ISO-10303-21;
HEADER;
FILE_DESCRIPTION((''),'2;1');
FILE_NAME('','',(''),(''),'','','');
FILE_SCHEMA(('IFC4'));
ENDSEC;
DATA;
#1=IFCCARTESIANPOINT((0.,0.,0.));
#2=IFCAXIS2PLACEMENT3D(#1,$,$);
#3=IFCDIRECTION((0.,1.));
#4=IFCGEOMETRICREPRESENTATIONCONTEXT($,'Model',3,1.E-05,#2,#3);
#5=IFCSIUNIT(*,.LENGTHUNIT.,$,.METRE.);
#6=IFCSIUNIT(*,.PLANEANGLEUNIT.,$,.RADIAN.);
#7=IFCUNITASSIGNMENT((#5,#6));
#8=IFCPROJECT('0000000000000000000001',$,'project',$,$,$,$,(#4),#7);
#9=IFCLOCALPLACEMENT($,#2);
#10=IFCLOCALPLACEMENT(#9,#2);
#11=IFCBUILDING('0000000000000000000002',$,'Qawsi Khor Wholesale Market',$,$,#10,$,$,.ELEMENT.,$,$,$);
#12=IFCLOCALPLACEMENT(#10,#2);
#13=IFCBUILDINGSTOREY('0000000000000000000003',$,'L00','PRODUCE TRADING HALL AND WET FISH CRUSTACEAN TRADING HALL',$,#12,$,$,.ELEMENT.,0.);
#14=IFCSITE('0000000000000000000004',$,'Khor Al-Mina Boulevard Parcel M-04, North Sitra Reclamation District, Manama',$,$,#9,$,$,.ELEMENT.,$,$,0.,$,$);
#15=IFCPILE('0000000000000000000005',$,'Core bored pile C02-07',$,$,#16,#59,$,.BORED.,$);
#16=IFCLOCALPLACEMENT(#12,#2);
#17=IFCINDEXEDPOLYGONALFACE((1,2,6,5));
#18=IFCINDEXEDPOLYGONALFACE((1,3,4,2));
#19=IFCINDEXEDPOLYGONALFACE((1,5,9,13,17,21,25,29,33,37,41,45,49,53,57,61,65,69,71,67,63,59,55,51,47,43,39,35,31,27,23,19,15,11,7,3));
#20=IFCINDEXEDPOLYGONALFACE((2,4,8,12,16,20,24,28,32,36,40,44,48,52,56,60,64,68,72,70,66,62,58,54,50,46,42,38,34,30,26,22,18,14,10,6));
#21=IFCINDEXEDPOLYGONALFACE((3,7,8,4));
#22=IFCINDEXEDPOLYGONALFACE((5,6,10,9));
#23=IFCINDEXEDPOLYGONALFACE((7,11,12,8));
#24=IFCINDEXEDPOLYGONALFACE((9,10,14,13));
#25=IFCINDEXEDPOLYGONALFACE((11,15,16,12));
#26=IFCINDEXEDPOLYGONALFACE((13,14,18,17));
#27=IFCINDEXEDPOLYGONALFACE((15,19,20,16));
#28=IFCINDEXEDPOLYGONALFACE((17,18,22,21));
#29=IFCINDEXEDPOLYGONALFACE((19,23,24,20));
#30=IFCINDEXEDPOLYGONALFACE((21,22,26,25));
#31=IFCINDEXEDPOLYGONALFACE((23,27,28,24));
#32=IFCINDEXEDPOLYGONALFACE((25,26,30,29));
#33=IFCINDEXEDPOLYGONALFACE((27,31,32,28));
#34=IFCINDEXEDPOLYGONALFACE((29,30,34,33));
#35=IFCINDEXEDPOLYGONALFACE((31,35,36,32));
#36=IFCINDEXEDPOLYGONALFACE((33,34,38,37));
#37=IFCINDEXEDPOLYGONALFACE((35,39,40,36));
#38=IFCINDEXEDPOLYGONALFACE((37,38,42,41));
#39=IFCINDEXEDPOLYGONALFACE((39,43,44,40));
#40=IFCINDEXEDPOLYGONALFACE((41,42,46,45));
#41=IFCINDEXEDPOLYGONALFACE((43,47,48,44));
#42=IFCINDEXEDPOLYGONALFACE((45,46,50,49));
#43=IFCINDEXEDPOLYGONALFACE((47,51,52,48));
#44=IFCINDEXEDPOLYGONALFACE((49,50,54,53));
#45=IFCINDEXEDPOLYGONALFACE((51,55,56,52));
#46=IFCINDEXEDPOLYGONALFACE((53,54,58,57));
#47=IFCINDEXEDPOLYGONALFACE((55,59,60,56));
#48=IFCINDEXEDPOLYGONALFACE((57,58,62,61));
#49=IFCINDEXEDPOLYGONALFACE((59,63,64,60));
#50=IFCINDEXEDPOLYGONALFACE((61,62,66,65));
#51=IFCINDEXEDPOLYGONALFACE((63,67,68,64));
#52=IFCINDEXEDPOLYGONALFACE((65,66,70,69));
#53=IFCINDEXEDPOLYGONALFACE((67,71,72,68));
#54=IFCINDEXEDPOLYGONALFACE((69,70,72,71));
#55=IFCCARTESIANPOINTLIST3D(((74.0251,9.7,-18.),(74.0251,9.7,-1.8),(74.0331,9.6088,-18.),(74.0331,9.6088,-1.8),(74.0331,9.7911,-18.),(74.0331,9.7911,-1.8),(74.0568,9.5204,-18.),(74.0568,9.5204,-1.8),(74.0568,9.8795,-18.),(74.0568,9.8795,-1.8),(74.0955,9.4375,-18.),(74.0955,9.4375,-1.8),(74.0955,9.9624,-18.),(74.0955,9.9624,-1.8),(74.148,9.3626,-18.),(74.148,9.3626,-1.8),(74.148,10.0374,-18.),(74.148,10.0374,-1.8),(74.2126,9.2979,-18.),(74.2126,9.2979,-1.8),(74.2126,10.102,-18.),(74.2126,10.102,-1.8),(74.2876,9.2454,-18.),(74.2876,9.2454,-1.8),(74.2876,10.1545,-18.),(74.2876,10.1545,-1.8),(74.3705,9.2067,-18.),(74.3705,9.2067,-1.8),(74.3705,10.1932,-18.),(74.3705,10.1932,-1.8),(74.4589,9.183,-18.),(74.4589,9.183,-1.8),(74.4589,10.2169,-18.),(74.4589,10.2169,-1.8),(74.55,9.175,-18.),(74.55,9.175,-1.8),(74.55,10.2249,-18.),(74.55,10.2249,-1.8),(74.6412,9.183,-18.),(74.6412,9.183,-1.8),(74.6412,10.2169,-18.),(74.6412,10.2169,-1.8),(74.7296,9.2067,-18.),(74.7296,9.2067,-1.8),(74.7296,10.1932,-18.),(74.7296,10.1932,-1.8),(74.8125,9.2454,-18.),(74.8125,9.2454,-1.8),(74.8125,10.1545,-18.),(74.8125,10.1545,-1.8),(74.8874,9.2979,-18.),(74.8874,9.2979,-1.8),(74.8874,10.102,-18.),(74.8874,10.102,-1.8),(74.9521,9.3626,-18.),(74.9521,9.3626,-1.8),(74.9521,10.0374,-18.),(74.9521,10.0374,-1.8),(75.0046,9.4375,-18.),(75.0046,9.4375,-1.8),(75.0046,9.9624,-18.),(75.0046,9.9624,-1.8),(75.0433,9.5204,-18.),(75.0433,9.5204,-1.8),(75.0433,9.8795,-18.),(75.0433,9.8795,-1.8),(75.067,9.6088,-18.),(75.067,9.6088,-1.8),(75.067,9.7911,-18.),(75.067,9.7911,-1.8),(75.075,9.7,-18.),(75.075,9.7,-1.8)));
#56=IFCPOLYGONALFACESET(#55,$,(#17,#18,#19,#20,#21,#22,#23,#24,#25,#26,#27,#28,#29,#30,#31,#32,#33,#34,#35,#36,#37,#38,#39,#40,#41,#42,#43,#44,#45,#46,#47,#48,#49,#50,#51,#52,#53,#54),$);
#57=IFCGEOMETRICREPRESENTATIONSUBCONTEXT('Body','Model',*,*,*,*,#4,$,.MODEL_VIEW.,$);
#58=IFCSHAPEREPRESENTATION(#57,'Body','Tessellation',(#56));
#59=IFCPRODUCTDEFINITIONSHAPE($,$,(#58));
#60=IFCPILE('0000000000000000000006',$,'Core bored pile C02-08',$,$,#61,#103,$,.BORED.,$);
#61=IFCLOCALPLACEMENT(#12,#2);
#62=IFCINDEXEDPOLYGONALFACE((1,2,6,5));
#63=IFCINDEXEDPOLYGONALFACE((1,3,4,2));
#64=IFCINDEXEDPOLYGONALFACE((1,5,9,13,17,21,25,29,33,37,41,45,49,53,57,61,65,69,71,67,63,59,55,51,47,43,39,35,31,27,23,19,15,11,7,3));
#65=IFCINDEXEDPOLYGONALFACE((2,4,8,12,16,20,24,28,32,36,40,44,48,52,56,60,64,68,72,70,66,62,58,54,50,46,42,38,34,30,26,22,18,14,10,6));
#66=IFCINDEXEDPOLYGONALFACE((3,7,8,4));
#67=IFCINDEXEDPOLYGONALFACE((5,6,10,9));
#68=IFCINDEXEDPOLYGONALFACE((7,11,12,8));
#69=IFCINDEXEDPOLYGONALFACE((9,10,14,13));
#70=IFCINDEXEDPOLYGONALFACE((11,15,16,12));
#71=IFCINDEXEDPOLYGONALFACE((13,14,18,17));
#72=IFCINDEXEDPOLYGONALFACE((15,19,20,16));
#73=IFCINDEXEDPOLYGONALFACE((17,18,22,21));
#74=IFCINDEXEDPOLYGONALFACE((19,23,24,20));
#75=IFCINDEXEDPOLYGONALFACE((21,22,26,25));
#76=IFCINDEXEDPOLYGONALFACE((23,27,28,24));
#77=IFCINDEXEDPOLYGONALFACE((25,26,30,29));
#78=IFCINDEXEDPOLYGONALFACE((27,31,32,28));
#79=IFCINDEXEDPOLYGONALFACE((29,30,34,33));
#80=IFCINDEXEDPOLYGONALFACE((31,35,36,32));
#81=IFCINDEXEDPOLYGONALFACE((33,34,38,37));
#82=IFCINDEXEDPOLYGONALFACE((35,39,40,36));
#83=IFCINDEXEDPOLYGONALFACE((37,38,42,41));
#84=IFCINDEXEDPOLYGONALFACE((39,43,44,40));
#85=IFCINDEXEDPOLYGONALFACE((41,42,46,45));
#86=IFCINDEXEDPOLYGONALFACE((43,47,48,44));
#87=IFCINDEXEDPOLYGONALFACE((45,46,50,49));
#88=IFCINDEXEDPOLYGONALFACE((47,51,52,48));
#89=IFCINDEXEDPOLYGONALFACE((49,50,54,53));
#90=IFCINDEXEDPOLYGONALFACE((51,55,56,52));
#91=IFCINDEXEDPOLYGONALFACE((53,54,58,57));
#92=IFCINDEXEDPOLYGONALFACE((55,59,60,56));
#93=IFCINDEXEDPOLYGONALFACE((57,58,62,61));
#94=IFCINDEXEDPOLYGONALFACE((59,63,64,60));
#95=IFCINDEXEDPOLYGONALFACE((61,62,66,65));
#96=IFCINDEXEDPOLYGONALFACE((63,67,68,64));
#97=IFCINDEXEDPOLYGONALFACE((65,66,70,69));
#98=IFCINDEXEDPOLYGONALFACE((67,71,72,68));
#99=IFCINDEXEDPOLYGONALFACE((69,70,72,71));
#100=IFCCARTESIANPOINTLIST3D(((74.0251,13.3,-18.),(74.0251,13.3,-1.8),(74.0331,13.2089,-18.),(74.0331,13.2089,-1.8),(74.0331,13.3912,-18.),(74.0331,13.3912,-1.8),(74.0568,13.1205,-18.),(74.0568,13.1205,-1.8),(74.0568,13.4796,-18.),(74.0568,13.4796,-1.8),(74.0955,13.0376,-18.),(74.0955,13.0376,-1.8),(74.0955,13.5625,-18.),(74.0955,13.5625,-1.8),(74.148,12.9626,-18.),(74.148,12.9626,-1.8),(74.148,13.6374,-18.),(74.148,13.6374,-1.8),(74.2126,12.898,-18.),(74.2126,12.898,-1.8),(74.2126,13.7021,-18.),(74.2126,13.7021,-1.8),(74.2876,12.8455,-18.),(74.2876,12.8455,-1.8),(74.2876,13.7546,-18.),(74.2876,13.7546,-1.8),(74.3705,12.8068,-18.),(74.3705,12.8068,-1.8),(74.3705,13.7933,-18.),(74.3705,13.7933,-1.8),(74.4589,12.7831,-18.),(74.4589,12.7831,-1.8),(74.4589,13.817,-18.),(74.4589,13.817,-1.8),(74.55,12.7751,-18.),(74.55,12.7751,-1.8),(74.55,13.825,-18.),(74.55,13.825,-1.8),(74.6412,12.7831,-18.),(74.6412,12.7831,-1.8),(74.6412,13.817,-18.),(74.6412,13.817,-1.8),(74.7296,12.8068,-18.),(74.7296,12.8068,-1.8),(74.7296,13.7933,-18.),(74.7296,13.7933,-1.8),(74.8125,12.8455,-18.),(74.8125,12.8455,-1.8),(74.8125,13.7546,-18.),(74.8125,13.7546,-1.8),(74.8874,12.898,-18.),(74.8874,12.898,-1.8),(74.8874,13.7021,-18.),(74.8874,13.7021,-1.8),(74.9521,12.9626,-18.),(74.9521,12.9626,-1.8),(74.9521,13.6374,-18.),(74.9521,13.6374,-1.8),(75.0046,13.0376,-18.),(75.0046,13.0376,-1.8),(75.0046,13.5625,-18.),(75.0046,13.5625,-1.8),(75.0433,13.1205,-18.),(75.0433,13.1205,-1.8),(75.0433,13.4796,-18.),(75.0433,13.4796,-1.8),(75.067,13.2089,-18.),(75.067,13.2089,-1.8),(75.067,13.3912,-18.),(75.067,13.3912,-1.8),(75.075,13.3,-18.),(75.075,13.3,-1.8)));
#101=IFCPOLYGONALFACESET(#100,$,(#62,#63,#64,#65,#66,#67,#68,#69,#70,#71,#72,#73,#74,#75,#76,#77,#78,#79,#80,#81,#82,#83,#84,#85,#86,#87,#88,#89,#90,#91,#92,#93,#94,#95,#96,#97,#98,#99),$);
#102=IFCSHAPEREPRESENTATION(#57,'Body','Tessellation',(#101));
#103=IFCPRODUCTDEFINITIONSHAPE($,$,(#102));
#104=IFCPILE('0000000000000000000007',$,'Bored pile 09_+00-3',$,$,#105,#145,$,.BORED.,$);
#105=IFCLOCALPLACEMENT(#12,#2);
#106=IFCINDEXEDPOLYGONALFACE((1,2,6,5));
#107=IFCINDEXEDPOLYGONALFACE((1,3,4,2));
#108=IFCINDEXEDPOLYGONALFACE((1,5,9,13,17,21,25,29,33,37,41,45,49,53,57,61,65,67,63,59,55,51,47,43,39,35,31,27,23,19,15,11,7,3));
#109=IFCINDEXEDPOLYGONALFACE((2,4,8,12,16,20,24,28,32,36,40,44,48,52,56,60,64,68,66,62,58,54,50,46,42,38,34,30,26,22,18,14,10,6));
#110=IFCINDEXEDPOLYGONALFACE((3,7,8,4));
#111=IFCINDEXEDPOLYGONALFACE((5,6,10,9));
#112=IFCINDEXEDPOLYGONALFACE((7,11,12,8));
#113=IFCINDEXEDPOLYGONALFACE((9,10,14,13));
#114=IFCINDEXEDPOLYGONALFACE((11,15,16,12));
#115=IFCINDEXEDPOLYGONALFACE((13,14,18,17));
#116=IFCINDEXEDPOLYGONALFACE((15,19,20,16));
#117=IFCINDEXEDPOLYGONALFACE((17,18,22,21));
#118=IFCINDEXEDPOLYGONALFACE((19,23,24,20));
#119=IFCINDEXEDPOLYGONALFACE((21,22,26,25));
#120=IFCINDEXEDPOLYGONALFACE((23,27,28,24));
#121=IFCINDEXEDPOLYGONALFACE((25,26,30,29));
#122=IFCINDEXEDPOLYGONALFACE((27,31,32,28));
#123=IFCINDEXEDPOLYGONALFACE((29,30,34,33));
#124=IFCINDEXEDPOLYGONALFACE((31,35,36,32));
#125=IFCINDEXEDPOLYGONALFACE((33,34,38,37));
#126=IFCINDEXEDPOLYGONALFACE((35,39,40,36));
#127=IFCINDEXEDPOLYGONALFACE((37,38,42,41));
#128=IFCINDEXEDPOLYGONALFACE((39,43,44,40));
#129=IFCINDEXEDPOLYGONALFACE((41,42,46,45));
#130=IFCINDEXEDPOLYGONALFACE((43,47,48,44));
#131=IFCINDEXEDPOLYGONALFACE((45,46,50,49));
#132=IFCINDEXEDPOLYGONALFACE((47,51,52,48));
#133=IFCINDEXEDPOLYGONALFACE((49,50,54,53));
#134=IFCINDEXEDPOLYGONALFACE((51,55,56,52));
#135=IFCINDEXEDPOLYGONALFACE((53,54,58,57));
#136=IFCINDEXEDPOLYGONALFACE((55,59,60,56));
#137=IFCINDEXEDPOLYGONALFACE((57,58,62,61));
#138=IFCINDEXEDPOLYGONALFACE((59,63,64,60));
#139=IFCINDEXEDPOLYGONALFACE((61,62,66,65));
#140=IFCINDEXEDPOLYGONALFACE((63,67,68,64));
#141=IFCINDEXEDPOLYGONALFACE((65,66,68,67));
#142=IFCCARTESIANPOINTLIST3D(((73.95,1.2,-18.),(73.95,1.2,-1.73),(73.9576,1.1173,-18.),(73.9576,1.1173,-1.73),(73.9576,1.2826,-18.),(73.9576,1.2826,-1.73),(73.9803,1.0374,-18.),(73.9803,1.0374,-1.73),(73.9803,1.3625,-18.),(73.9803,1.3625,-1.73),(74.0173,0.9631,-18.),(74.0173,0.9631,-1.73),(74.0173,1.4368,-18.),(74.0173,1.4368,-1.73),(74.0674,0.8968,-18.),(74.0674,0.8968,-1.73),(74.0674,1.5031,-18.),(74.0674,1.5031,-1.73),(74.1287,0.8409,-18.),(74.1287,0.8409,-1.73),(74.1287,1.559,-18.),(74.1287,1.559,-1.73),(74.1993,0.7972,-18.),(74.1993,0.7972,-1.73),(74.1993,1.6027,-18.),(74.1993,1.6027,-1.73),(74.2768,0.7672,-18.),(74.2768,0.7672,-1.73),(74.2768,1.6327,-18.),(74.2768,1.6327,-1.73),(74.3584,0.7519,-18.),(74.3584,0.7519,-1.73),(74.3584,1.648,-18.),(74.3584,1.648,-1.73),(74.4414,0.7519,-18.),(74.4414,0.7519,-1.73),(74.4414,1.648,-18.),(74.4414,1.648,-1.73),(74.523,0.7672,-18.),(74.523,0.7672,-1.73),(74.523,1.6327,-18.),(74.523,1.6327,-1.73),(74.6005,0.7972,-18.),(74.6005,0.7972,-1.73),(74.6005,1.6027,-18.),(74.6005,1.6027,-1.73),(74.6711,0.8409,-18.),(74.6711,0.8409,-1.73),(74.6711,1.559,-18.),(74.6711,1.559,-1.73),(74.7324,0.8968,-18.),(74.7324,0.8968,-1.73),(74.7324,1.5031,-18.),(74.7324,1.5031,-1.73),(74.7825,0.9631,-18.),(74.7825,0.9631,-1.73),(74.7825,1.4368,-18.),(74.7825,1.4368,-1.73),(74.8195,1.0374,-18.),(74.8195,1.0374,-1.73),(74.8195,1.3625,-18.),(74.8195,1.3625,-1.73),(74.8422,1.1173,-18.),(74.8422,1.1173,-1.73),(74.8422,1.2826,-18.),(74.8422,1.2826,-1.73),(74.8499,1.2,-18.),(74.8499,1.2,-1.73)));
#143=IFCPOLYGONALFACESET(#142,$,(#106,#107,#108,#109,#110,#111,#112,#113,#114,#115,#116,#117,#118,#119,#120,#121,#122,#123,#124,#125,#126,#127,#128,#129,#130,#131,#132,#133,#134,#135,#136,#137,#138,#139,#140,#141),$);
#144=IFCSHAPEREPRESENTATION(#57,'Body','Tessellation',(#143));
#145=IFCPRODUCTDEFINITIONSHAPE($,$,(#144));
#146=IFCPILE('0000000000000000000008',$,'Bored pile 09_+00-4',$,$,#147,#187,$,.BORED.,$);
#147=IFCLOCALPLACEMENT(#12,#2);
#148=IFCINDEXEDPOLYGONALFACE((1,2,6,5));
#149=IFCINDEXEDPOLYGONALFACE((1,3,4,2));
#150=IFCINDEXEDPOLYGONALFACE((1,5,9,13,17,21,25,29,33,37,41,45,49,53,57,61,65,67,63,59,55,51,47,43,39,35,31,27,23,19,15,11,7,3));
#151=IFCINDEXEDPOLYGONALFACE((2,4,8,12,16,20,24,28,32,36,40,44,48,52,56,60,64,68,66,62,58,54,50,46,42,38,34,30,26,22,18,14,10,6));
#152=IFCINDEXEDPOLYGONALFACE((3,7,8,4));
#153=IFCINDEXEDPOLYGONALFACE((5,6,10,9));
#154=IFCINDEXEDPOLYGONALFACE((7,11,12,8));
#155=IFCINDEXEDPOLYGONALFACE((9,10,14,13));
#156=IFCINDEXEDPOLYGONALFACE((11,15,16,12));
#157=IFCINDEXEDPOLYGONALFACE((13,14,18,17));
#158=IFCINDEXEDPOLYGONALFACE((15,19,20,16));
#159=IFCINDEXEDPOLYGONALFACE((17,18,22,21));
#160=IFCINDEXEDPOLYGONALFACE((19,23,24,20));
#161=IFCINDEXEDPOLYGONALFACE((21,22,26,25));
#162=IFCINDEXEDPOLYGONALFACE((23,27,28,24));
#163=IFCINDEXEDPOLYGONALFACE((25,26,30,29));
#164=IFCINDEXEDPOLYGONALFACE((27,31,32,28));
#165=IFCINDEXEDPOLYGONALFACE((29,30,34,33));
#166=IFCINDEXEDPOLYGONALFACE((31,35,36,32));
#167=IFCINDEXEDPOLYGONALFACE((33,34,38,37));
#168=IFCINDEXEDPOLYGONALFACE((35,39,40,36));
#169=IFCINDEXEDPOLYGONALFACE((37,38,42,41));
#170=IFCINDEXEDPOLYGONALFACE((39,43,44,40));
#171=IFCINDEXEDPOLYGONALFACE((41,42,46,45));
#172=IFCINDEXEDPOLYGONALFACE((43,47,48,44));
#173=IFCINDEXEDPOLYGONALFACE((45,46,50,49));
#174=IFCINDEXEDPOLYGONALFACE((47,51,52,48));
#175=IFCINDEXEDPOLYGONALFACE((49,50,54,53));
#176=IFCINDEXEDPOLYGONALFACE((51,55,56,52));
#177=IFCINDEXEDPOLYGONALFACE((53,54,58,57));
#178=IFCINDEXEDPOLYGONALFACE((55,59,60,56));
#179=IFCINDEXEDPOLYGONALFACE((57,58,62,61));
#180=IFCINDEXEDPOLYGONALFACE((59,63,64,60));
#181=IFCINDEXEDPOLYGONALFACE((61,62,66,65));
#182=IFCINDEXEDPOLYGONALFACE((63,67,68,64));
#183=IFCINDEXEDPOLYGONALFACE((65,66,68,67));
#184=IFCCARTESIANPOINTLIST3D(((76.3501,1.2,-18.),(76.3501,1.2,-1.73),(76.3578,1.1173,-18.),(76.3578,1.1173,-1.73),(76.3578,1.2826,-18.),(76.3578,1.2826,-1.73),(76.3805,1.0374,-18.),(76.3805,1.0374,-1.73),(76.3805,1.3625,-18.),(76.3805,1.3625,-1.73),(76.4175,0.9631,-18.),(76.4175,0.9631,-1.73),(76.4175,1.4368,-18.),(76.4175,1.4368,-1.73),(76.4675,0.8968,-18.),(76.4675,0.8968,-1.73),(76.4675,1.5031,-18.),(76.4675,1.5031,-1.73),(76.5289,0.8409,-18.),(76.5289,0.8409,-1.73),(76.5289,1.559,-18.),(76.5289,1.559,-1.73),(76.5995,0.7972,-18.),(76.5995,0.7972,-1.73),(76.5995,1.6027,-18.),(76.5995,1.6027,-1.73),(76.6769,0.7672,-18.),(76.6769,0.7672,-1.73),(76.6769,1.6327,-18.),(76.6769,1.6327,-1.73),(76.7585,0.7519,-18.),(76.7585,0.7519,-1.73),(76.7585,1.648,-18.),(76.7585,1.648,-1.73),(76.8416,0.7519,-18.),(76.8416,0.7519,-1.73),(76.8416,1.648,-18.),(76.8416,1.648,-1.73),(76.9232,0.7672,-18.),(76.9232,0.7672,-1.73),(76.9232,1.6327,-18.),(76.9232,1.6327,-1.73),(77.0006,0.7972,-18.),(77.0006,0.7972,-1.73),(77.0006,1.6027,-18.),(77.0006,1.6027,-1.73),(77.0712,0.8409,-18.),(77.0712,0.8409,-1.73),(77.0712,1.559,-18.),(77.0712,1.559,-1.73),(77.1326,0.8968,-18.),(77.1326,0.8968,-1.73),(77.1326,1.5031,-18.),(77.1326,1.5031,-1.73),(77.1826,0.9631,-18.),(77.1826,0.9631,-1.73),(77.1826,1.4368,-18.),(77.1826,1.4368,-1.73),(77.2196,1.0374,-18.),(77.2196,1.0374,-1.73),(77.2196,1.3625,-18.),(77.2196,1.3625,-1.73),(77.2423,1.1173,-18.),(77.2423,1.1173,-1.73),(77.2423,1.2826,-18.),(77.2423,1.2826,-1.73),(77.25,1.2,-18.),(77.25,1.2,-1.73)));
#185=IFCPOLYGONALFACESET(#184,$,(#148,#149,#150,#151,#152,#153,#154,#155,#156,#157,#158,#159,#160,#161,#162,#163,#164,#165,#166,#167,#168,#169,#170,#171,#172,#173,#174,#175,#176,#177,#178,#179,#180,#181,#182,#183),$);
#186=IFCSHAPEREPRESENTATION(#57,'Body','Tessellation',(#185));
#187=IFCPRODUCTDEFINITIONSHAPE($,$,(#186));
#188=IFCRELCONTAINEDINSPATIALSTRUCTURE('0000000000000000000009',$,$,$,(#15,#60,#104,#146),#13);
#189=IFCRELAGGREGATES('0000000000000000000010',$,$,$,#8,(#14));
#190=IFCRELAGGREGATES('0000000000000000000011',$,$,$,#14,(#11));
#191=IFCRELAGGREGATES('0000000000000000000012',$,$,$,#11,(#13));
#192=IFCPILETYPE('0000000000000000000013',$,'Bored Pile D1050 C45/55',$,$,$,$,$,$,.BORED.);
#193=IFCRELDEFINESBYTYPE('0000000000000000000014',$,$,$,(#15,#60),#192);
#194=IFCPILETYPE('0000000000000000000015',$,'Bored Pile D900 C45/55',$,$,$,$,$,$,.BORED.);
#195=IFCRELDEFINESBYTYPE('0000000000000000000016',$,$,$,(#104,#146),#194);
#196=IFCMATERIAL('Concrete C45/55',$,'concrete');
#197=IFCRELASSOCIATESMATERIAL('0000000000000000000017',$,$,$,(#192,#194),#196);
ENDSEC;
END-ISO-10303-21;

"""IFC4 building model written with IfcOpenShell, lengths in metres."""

from ifc_helpers import new_model, si_unit, direction, frame, origin, origin_2d, place, context, subcontext, project, spatial, circle, extrude, material, material_profile, profile_set, type_object, element, save


model = new_model("IFC4")

# Units and contexts
model_context = context("Model", 3, precision=1e-05, world=origin(), true_north=direction((0.0, 1.0)))
body_context = subcontext(model_context, "Body", "Model", "MODEL_VIEW")
ifc_project = project(units=[si_unit("LENGTHUNIT", "METRE"), si_unit("PLANEANGLEUNIT", "RADIAN")], contexts=[model_context])

# Site, building, storey
site_placement = place(None, origin())
site = spatial("IfcSite", under=ifc_project, at=site_placement, Name="Khor Al-Mina Boulevard Parcel M-04, North Sitra Reclamation District, Manama", CompositionType="ELEMENT", RefElevation=0.0)
building_placement = place(site_placement, origin())
building = spatial("IfcBuilding", under=site, at=building_placement, Name="Qawsi Khor Wholesale Market", CompositionType="ELEMENT")
storey_placement = place(building_placement, origin())
storey = spatial("IfcBuildingStorey", under=building, at=storey_placement, Name="L00", Description="PRODUCE TRADING HALL AND WET FISH CRUSTACEAN TRADING HALL", CompositionType="ELEMENT", Elevation=0.0)

# Piles
ifc_material_1 = material(Name="Concrete C45/55", Category="concrete")
ifc_material_profile_1 = material_profile(ifc_material_1, circle(Radius=0.5249, at=origin_2d()), Name="PILE D1050")
ifc_profile_set_1 = profile_set([ifc_material_profile_1], Name="Concrete C45/55")
pile_type_1 = type_object("IfcPileType", Name="Bored Pile D1050 C45/55", PredefinedType="BORED", material=ifc_profile_set_1)
for number, where, z_axis, x_axis, name in (
    (1, (74.55, 9.7, -1.8), (0.0, 0.0, -1.0), (1.0, 0.0, 0.0), "Core bored pile C02-07"),
    (2, (74.55, 13.3, -1.8), (0.0, 0.0, -1.0), (1.0, 0.0, 0.0), "Core bored pile C02-08"),
):
    element("IfcPile", number, at=place(storey_placement, frame(where, z_axis=z_axis, x_axis=x_axis)), inside=storey, type_object=pile_type_1, Name=name, PredefinedType="BORED", context=body_context, shape_type="SweptSolid", body=[
        extrude(circle(Radius=0.5249, at=origin_2d()), origin(), (0.0, 0.0, 1.0), 16.2),
    ])
ifc_material_profile_2 = material_profile(ifc_material_1, circle(Radius=0.45, at=origin_2d()), Name="PILE D900")
ifc_profile_set_2 = profile_set([ifc_material_profile_2], Name="Concrete C45/55")
pile_type_2 = type_object("IfcPileType", Name="Bored Pile D900 C45/55", PredefinedType="BORED", material=ifc_profile_set_2)
for number, where, z_axis, x_axis, name in (
    (3, (74.3999, 1.2, -1.73), (0.0, 0.0, -1.0), (1.0, 0.0, 0.0), "Bored pile 09_+00-3"),
    (4, (76.8, 1.2, -1.73), (0.0, 0.0, -1.0), (1.0, 0.0, 0.0), "Bored pile 09_+00-4"),
):
    element("IfcPile", number, at=place(storey_placement, frame(where, z_axis=z_axis, x_axis=x_axis)), inside=storey, type_object=pile_type_2, Name=name, PredefinedType="BORED", context=body_context, shape_type="SweptSolid", body=[
        extrude(circle(Radius=0.45, at=origin_2d()), origin(), (0.0, 0.0, 1.0), 16.27),
    ])

save(model, "model.ifc")
